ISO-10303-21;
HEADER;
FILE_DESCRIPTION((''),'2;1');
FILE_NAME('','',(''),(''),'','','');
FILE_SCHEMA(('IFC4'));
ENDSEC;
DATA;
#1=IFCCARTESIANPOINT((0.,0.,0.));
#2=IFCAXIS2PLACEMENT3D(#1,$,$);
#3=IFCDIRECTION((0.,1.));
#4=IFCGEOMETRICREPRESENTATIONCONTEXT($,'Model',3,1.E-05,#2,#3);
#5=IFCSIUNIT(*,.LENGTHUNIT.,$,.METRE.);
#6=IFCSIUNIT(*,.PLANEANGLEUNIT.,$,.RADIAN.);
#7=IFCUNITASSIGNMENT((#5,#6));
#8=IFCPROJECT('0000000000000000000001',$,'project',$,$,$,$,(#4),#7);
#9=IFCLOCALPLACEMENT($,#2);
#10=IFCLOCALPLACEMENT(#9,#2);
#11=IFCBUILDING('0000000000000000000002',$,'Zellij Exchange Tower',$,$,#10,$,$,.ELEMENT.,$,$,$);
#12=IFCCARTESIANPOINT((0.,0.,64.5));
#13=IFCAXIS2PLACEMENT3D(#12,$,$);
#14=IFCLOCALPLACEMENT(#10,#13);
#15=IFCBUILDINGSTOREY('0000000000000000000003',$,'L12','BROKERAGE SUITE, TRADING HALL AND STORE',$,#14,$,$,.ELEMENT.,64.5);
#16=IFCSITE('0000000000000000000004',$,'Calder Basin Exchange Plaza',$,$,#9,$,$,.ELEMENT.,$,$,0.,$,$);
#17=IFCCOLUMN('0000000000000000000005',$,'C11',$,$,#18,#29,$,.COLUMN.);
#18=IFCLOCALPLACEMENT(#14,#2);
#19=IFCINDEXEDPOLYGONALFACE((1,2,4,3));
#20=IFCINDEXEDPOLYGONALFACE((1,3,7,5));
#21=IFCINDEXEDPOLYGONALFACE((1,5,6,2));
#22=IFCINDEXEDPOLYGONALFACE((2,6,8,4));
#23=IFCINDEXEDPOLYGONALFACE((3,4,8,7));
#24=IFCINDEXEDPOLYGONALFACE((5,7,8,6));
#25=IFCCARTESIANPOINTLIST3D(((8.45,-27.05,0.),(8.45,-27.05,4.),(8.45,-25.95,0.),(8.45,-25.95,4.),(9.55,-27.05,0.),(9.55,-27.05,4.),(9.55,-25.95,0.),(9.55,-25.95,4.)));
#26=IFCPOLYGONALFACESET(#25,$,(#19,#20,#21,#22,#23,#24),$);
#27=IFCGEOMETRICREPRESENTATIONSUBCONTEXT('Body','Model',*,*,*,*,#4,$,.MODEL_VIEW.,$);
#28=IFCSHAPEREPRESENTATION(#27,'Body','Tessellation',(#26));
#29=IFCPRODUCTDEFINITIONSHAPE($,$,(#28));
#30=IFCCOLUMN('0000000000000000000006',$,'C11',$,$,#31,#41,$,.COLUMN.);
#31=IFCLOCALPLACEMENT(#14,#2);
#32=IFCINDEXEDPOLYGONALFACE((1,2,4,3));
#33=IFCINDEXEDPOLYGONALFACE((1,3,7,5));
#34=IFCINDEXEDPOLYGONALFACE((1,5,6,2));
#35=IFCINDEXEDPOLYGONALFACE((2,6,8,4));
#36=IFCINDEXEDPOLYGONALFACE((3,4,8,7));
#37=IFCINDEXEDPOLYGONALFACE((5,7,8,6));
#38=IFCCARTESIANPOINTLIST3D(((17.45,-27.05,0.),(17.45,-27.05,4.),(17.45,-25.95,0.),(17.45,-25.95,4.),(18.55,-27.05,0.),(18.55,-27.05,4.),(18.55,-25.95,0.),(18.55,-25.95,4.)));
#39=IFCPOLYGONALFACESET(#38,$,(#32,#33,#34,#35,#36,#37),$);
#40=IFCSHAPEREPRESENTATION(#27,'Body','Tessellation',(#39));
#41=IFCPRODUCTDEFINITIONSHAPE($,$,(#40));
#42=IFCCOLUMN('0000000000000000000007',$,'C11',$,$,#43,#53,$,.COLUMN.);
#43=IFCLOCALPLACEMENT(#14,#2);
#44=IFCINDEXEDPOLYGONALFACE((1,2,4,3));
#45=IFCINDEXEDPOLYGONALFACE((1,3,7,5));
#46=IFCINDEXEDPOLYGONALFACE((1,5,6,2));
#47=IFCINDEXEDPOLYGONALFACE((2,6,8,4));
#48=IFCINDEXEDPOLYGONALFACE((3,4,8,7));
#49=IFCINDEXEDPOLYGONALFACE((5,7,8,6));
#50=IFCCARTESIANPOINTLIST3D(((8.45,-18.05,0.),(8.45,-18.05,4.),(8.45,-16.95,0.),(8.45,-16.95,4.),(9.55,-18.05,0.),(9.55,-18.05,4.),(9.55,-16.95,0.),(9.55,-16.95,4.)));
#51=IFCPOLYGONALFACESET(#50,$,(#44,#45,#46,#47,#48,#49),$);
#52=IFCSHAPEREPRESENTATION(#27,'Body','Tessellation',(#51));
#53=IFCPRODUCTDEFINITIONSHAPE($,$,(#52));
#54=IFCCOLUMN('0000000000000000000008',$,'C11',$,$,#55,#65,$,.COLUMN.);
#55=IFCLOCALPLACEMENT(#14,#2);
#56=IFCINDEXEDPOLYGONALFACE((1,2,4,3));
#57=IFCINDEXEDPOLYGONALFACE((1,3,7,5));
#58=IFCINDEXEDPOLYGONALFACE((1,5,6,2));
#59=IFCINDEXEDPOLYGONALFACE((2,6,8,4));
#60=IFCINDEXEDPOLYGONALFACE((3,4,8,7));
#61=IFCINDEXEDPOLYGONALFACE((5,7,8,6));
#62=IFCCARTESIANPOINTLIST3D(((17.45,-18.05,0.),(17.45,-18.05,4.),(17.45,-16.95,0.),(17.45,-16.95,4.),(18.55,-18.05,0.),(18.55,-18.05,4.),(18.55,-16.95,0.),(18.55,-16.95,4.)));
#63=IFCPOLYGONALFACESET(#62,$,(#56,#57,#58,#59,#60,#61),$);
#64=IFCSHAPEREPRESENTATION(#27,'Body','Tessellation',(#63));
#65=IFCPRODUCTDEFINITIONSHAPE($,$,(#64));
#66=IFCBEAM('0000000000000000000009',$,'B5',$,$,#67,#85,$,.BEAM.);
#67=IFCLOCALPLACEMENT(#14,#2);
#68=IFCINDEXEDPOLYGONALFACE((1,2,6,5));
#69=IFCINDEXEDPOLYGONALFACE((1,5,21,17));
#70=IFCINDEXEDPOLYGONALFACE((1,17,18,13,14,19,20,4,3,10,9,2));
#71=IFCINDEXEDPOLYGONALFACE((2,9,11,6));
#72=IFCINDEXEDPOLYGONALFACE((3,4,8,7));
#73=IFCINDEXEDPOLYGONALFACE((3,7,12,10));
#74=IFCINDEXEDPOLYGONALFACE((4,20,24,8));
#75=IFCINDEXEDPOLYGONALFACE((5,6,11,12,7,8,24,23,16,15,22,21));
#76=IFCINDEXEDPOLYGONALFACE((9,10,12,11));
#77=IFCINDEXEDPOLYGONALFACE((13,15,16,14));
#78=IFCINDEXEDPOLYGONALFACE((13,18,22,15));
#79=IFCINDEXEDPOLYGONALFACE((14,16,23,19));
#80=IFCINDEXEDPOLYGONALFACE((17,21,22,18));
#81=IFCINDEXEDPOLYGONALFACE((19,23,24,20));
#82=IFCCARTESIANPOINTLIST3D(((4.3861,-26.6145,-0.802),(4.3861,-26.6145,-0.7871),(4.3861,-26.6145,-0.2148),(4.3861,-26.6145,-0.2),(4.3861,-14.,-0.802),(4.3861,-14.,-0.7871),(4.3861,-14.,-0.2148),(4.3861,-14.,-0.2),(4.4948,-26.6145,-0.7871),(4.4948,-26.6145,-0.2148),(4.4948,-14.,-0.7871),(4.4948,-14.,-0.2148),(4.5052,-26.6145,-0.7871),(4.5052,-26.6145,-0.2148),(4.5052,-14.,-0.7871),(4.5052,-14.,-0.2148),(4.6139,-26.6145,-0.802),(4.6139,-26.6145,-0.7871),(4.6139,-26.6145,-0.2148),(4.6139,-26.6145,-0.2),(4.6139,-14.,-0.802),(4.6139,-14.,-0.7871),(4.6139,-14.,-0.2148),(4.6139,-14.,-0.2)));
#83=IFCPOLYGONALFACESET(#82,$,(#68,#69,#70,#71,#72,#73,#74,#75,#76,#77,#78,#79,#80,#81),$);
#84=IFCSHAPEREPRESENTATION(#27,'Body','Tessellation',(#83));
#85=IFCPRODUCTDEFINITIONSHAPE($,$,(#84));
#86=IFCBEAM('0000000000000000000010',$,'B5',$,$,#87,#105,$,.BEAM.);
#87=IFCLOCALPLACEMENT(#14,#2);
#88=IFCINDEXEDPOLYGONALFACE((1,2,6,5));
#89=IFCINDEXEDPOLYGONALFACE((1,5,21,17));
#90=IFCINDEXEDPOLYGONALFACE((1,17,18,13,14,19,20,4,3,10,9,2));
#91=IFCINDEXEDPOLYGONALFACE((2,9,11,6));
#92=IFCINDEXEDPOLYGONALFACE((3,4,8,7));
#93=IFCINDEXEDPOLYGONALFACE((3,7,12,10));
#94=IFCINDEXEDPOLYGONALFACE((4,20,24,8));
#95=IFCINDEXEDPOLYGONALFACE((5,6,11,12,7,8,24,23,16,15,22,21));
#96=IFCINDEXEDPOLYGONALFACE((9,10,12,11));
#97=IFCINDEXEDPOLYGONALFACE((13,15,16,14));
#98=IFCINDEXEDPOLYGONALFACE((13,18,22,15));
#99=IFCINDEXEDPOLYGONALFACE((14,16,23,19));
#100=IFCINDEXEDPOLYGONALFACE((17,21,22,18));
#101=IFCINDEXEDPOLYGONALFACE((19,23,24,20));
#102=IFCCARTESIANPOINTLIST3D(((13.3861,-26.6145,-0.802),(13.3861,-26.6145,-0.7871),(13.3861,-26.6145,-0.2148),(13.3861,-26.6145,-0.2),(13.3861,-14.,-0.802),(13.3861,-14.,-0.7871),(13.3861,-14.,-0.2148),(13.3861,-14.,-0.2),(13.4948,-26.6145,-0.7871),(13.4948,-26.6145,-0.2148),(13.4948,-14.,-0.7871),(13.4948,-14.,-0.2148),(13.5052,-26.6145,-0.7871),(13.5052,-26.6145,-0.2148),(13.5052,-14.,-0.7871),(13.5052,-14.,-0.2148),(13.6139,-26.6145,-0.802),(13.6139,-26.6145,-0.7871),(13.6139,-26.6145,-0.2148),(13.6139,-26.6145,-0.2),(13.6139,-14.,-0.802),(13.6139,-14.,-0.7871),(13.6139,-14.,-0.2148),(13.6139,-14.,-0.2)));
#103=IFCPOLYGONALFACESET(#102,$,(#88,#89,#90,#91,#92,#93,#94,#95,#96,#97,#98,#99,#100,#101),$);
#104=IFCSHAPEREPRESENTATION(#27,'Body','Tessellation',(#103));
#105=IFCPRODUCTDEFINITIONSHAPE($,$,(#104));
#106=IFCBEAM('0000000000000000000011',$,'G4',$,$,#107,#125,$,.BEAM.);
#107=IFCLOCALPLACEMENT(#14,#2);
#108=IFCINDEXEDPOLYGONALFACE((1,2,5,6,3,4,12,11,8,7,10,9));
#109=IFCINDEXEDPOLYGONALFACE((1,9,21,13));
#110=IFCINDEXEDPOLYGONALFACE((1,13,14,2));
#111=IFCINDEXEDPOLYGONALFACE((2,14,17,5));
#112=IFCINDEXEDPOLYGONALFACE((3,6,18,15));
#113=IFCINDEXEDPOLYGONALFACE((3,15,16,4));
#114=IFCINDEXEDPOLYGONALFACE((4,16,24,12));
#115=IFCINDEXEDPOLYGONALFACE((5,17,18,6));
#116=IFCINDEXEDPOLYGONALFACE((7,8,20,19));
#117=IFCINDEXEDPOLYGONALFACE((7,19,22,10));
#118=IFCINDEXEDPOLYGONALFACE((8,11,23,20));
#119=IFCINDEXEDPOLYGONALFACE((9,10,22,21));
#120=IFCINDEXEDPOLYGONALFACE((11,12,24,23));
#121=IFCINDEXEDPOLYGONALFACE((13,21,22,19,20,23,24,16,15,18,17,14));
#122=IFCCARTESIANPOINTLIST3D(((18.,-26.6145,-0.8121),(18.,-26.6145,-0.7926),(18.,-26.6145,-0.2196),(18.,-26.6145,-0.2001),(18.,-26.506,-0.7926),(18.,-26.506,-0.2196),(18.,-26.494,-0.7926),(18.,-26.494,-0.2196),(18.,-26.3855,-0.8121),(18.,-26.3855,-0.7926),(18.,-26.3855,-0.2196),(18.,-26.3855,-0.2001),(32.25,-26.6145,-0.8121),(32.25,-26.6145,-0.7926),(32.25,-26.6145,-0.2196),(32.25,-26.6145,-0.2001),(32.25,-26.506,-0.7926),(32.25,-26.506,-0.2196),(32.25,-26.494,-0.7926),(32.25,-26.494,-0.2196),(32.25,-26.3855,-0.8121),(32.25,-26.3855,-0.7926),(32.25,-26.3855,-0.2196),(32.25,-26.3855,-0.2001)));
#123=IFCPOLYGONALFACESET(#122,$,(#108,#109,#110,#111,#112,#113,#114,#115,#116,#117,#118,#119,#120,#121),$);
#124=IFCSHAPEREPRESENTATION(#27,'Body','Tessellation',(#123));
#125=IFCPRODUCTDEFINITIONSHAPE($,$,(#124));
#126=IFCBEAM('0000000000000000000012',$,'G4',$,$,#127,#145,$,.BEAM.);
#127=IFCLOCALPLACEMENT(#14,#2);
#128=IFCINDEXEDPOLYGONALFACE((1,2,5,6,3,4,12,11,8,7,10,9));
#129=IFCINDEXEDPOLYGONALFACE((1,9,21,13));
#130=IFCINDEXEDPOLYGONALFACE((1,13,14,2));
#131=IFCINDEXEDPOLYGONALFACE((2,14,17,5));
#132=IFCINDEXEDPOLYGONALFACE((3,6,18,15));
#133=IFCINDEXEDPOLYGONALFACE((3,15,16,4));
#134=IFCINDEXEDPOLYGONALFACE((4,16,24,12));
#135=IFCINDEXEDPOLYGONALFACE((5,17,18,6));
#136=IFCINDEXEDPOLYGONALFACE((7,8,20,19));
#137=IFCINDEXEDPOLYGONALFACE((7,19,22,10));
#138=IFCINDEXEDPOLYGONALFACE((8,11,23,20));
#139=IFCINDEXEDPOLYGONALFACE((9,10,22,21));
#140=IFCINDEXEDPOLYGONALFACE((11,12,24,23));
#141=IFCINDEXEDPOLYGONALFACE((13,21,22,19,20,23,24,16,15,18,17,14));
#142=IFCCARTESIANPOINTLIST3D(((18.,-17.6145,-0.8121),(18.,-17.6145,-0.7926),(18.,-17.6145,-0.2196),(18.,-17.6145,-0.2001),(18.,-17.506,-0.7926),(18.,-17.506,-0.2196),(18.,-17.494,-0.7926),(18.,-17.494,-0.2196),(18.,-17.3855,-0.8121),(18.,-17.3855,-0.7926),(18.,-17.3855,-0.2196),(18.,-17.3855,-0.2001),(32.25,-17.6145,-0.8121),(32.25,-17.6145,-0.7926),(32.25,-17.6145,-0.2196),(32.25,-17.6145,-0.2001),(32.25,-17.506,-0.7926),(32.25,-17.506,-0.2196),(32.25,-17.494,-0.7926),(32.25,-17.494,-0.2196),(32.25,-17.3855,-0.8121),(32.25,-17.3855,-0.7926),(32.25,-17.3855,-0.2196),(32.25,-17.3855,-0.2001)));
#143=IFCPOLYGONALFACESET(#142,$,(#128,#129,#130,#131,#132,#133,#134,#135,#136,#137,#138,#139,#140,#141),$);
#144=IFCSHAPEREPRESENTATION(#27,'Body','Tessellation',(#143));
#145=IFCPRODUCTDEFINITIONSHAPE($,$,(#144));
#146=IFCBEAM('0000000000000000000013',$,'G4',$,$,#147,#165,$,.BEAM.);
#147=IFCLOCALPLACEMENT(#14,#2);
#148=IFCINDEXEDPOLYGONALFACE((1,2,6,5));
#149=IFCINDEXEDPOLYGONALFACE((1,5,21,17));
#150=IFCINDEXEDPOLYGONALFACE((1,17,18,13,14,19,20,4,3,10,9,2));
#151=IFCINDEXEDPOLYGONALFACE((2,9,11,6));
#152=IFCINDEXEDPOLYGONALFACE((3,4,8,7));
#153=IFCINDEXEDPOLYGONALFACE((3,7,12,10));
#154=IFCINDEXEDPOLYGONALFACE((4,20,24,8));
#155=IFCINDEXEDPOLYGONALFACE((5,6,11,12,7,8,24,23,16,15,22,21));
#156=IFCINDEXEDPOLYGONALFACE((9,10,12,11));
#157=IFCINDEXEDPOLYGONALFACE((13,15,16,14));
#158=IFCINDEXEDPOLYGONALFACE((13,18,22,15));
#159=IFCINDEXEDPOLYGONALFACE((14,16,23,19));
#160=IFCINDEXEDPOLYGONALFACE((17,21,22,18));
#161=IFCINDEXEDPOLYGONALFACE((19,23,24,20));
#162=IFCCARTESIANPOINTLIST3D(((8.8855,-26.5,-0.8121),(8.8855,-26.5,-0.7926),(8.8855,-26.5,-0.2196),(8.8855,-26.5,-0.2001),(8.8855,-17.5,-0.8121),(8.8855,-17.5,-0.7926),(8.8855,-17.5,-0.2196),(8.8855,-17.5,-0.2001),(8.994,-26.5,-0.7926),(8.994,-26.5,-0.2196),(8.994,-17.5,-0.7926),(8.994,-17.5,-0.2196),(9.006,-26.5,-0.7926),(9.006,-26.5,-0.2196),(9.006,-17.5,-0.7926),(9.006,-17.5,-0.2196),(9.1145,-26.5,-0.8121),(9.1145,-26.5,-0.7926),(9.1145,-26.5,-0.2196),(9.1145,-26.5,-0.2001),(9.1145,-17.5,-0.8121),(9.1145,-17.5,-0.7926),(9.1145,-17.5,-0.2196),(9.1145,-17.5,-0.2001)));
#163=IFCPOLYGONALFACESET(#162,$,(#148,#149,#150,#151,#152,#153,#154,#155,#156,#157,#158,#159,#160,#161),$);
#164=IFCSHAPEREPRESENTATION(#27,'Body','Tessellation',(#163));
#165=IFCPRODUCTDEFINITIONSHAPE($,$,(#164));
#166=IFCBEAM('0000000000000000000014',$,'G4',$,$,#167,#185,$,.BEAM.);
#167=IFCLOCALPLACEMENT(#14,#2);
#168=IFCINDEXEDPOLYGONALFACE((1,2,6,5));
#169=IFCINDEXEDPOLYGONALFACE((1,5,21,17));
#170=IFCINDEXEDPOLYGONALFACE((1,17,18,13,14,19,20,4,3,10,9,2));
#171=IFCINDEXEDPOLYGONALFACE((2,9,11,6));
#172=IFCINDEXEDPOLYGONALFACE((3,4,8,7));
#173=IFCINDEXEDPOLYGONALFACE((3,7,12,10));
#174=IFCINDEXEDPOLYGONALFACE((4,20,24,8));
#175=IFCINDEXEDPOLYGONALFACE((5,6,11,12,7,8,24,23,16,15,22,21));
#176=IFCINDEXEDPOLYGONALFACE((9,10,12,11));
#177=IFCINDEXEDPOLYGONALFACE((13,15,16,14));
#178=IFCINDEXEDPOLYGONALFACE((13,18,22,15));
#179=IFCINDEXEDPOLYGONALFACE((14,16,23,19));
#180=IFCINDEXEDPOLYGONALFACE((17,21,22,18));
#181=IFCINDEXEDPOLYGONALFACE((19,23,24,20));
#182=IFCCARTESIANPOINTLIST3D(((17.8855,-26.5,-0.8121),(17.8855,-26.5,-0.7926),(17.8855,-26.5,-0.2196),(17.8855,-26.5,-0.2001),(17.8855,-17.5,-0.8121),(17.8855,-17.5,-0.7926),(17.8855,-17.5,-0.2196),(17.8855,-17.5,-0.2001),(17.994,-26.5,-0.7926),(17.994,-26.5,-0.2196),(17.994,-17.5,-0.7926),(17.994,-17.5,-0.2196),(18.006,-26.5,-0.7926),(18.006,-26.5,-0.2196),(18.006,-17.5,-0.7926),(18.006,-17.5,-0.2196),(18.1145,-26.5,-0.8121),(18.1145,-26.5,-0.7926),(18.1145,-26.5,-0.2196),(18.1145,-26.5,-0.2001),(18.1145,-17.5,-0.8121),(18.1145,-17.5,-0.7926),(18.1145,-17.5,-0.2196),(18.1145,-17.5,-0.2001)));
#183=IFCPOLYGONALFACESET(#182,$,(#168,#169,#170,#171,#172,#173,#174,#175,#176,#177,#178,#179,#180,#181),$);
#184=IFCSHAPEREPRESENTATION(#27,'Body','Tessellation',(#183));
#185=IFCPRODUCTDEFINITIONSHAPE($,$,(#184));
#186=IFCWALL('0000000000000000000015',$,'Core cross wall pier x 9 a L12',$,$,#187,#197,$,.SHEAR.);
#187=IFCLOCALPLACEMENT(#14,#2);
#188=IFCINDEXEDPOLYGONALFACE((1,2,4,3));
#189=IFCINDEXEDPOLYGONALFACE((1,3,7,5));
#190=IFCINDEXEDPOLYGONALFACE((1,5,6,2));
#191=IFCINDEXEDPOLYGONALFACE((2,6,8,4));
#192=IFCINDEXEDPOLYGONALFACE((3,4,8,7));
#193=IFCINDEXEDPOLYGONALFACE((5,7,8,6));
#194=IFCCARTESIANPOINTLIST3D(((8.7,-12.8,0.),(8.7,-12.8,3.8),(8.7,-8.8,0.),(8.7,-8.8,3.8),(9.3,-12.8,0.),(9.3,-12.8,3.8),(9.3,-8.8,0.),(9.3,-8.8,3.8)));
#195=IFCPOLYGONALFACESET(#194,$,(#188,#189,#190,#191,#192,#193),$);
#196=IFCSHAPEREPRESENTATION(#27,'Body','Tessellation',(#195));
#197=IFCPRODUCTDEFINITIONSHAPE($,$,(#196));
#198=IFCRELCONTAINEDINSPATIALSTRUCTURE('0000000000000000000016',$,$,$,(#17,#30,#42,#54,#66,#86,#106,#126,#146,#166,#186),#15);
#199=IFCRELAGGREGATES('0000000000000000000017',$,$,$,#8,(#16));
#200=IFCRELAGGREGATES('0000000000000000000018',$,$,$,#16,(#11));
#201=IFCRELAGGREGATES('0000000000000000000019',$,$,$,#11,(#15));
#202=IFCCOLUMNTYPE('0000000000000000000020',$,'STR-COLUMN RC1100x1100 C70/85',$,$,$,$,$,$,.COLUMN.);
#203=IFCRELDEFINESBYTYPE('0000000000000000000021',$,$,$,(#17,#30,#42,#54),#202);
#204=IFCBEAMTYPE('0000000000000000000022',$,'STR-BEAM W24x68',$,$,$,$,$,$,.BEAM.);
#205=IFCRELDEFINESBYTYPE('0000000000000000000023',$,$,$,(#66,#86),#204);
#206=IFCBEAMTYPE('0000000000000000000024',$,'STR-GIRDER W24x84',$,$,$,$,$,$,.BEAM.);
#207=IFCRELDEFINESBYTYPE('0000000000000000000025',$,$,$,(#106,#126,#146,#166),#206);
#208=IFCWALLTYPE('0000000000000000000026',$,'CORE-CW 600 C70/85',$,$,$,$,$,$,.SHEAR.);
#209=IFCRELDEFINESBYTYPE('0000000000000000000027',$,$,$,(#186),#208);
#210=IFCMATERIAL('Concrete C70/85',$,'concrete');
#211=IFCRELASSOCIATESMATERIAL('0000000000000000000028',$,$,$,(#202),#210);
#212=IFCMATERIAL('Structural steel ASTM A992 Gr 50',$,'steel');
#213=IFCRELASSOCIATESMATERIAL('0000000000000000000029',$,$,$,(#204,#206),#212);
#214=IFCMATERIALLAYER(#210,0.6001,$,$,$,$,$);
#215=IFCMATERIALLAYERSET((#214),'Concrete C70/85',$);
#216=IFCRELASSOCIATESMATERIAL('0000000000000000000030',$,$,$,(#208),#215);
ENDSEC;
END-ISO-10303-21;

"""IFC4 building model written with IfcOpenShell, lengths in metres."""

from ifc_helpers import new_model, si_unit, direction, frame, frame_2d, origin, origin_2d, place, context, subcontext, project, spatial, rectangle, i_section, extrude, material, layer, layer_set, material_profile, profile_set, type_object, element, save


model = new_model("IFC4")

# Units and contexts
model_context = context("Model", 3, precision=1e-05, world=origin(), true_north=direction((0.0, 1.0)))
body_context = subcontext(model_context, "Body", "Model", "MODEL_VIEW")
ifc_project = project(units=[si_unit("LENGTHUNIT", "METRE"), si_unit("PLANEANGLEUNIT", "RADIAN")], contexts=[model_context])

# Site, building, storey
site_placement = place(None, origin())
site = spatial("IfcSite", under=ifc_project, at=site_placement, Name="Calder Basin Exchange Plaza", CompositionType="ELEMENT", RefElevation=0.0)
building_placement = place(site_placement, origin())
building = spatial("IfcBuilding", under=site, at=building_placement, Name="Zellij Exchange Tower", CompositionType="ELEMENT")
storey_placement = place(building_placement, frame((0.0, 0.0, 64.5)))
storey = spatial("IfcBuildingStorey", under=building, at=storey_placement, Name="L12", Description="BROKERAGE SUITE, TRADING HALL AND STORE", CompositionType="ELEMENT", Elevation=64.5)

# Columns
ifc_material_1 = material(Name="Concrete C70/85", Category="concrete")
ifc_material_profile_1 = material_profile(ifc_material_1, rectangle(XDim=1.1001, YDim=1.1001, at=origin_2d()), Name="STR-COLUMN RC1100x1100 C70/85")
ifc_profile_set_1 = profile_set([ifc_material_profile_1], Name="Concrete C70/85")
column_type = type_object("IfcColumnType", Name="STR-COLUMN RC1100x1100 C70/85", PredefinedType="COLUMN", material=ifc_profile_set_1)
for number, where, z_axis, x_axis, name in (
    (1, (9.0, -26.5, 0.0), (0.0, 0.0, 1.0), (1.0, 0.0, 0.0), "C11"),
    (2, (18.0, -26.5, 0.0), (0.0, 0.0, 1.0), (1.0, 0.0, 0.0), "C11"),
    (3, (9.0, -17.5, 0.0), (0.0, 0.0, 1.0), (1.0, 0.0, 0.0), "C11"),
    (4, (18.0, -17.5, 0.0), (0.0, 0.0, 1.0), (1.0, 0.0, 0.0), "C11"),
):
    element("IfcColumn", number, at=place(storey_placement, frame(where, z_axis=z_axis, x_axis=x_axis)), inside=storey, type_object=column_type, Name=name, PredefinedType="COLUMN", context=body_context, shape_type="SweptSolid", body=[
        extrude(rectangle(XDim=1.1001, YDim=1.1001, at=origin_2d()), origin(), (0.0, 0.0, 1.0), 4.0),
    ])

# Beams
ifc_material_2 = material(Name="Structural steel ASTM A992 Gr 50", Category="steel")
ifc_material_profile_2 = material_profile(ifc_material_2, i_section(OverallWidth=0.2278, OverallDepth=0.6021, WebThickness=0.0105, FlangeThickness=0.0149, at=origin_2d()), Name="W24x68")
ifc_profile_set_2 = profile_set([ifc_material_profile_2], Name="Structural steel ASTM A992 Gr 50")
beam_type_1 = type_object("IfcBeamType", Name="STR-BEAM W24x68", PredefinedType="BEAM", material=ifc_profile_set_2)
for number, where, z_axis, x_axis, name in (
    (5, (4.5, -26.6145, -0.501), (0.0, 1.0, 0.0), (-1.0, 0.0, 0.0), "B5"),
    (6, (13.5, -26.6145, -0.501), (0.0, 1.0, 0.0), (-1.0, 0.0, 0.0), "B5"),
):
    element("IfcBeam", number, at=place(storey_placement, frame(where, z_axis=z_axis, x_axis=x_axis)), inside=storey, type_object=beam_type_1, Name=name, PredefinedType="BEAM", context=body_context, shape_type="SweptSolid", body=[
        extrude(i_section(OverallWidth=0.2278, OverallDepth=0.6021, WebThickness=0.0105, FlangeThickness=0.0149, at=origin_2d()), origin(), (0.0, 0.0, 1.0), 12.6145),
    ])
ifc_material_profile_3 = material_profile(ifc_material_2, i_section(OverallWidth=0.229, OverallDepth=0.6121, WebThickness=0.012, FlangeThickness=0.0195, at=origin_2d()), Name="W24x84")
ifc_profile_set_3 = profile_set([ifc_material_profile_3], Name="Structural steel ASTM A992 Gr 50")
beam_type_2 = type_object("IfcBeamType", Name="STR-GIRDER W24x84", PredefinedType="BEAM", material=ifc_profile_set_3)
for number, where, z_axis, x_axis, name in (
    (7, (18.0, -26.5, -0.5061), (1.0, 0.0, 0.0), (0.0, 1.0, 0.0), "G4"),
    (8, (18.0, -17.5, -0.5061), (1.0, 0.0, 0.0), (0.0, 1.0, 0.0), "G4"),
):
    element("IfcBeam", number, at=place(storey_placement, frame(where, z_axis=z_axis, x_axis=x_axis)), inside=storey, type_object=beam_type_2, Name=name, PredefinedType="BEAM", context=body_context, shape_type="SweptSolid", body=[
        extrude(i_section(OverallWidth=0.229, OverallDepth=0.6121, WebThickness=0.012, FlangeThickness=0.0195, at=origin_2d()), origin(), (0.0, 0.0, 1.0), 14.25),
    ])
for number, where, z_axis, x_axis, name in (
    (9, (9.0, -26.5, -0.5061), (0.0, 1.0, 0.0), (-1.0, 0.0, 0.0), "G4"),
    (10, (18.0, -26.5, -0.5061), (0.0, 1.0, 0.0), (-1.0, 0.0, 0.0), "G4"),
):
    element("IfcBeam", number, at=place(storey_placement, frame(where, z_axis=z_axis, x_axis=x_axis)), inside=storey, type_object=beam_type_2, Name=name, PredefinedType="BEAM", context=body_context, shape_type="SweptSolid", body=[
        extrude(i_section(OverallWidth=0.229, OverallDepth=0.6121, WebThickness=0.012, FlangeThickness=0.0195, at=origin_2d()), origin(), (0.0, 0.0, 1.0), 9.0),
    ])

# Wall
ifc_layer_1 = layer(ifc_material_1, 0.6001)
ifc_layer_set_1 = layer_set([ifc_layer_1], Name="Concrete C70/85")
wall_type_1 = type_object("IfcWallType", Name="CORE-CW 600 C70/85", PredefinedType="SHEAR", material=ifc_layer_set_1)
wall_1_placement = place(storey_placement, frame((9.0, -12.8, 0.0), z_axis=(0.0, 0.0, 1.0), x_axis=(0.0, 1.0, 0.0)))
element("IfcWall", 11, at=wall_1_placement, inside=storey, type_object=wall_type_1, Name="Core cross wall pier x 9 a L12", PredefinedType="SHEAR", context=body_context, shape_type="SweptSolid", body=[
    extrude(rectangle(XDim=4.0, YDim=0.6001, at=frame_2d((2.0, 0.0))), origin(), (0.0, 0.0, 1.0), 3.8),
])

save(model, "model.ifc")
